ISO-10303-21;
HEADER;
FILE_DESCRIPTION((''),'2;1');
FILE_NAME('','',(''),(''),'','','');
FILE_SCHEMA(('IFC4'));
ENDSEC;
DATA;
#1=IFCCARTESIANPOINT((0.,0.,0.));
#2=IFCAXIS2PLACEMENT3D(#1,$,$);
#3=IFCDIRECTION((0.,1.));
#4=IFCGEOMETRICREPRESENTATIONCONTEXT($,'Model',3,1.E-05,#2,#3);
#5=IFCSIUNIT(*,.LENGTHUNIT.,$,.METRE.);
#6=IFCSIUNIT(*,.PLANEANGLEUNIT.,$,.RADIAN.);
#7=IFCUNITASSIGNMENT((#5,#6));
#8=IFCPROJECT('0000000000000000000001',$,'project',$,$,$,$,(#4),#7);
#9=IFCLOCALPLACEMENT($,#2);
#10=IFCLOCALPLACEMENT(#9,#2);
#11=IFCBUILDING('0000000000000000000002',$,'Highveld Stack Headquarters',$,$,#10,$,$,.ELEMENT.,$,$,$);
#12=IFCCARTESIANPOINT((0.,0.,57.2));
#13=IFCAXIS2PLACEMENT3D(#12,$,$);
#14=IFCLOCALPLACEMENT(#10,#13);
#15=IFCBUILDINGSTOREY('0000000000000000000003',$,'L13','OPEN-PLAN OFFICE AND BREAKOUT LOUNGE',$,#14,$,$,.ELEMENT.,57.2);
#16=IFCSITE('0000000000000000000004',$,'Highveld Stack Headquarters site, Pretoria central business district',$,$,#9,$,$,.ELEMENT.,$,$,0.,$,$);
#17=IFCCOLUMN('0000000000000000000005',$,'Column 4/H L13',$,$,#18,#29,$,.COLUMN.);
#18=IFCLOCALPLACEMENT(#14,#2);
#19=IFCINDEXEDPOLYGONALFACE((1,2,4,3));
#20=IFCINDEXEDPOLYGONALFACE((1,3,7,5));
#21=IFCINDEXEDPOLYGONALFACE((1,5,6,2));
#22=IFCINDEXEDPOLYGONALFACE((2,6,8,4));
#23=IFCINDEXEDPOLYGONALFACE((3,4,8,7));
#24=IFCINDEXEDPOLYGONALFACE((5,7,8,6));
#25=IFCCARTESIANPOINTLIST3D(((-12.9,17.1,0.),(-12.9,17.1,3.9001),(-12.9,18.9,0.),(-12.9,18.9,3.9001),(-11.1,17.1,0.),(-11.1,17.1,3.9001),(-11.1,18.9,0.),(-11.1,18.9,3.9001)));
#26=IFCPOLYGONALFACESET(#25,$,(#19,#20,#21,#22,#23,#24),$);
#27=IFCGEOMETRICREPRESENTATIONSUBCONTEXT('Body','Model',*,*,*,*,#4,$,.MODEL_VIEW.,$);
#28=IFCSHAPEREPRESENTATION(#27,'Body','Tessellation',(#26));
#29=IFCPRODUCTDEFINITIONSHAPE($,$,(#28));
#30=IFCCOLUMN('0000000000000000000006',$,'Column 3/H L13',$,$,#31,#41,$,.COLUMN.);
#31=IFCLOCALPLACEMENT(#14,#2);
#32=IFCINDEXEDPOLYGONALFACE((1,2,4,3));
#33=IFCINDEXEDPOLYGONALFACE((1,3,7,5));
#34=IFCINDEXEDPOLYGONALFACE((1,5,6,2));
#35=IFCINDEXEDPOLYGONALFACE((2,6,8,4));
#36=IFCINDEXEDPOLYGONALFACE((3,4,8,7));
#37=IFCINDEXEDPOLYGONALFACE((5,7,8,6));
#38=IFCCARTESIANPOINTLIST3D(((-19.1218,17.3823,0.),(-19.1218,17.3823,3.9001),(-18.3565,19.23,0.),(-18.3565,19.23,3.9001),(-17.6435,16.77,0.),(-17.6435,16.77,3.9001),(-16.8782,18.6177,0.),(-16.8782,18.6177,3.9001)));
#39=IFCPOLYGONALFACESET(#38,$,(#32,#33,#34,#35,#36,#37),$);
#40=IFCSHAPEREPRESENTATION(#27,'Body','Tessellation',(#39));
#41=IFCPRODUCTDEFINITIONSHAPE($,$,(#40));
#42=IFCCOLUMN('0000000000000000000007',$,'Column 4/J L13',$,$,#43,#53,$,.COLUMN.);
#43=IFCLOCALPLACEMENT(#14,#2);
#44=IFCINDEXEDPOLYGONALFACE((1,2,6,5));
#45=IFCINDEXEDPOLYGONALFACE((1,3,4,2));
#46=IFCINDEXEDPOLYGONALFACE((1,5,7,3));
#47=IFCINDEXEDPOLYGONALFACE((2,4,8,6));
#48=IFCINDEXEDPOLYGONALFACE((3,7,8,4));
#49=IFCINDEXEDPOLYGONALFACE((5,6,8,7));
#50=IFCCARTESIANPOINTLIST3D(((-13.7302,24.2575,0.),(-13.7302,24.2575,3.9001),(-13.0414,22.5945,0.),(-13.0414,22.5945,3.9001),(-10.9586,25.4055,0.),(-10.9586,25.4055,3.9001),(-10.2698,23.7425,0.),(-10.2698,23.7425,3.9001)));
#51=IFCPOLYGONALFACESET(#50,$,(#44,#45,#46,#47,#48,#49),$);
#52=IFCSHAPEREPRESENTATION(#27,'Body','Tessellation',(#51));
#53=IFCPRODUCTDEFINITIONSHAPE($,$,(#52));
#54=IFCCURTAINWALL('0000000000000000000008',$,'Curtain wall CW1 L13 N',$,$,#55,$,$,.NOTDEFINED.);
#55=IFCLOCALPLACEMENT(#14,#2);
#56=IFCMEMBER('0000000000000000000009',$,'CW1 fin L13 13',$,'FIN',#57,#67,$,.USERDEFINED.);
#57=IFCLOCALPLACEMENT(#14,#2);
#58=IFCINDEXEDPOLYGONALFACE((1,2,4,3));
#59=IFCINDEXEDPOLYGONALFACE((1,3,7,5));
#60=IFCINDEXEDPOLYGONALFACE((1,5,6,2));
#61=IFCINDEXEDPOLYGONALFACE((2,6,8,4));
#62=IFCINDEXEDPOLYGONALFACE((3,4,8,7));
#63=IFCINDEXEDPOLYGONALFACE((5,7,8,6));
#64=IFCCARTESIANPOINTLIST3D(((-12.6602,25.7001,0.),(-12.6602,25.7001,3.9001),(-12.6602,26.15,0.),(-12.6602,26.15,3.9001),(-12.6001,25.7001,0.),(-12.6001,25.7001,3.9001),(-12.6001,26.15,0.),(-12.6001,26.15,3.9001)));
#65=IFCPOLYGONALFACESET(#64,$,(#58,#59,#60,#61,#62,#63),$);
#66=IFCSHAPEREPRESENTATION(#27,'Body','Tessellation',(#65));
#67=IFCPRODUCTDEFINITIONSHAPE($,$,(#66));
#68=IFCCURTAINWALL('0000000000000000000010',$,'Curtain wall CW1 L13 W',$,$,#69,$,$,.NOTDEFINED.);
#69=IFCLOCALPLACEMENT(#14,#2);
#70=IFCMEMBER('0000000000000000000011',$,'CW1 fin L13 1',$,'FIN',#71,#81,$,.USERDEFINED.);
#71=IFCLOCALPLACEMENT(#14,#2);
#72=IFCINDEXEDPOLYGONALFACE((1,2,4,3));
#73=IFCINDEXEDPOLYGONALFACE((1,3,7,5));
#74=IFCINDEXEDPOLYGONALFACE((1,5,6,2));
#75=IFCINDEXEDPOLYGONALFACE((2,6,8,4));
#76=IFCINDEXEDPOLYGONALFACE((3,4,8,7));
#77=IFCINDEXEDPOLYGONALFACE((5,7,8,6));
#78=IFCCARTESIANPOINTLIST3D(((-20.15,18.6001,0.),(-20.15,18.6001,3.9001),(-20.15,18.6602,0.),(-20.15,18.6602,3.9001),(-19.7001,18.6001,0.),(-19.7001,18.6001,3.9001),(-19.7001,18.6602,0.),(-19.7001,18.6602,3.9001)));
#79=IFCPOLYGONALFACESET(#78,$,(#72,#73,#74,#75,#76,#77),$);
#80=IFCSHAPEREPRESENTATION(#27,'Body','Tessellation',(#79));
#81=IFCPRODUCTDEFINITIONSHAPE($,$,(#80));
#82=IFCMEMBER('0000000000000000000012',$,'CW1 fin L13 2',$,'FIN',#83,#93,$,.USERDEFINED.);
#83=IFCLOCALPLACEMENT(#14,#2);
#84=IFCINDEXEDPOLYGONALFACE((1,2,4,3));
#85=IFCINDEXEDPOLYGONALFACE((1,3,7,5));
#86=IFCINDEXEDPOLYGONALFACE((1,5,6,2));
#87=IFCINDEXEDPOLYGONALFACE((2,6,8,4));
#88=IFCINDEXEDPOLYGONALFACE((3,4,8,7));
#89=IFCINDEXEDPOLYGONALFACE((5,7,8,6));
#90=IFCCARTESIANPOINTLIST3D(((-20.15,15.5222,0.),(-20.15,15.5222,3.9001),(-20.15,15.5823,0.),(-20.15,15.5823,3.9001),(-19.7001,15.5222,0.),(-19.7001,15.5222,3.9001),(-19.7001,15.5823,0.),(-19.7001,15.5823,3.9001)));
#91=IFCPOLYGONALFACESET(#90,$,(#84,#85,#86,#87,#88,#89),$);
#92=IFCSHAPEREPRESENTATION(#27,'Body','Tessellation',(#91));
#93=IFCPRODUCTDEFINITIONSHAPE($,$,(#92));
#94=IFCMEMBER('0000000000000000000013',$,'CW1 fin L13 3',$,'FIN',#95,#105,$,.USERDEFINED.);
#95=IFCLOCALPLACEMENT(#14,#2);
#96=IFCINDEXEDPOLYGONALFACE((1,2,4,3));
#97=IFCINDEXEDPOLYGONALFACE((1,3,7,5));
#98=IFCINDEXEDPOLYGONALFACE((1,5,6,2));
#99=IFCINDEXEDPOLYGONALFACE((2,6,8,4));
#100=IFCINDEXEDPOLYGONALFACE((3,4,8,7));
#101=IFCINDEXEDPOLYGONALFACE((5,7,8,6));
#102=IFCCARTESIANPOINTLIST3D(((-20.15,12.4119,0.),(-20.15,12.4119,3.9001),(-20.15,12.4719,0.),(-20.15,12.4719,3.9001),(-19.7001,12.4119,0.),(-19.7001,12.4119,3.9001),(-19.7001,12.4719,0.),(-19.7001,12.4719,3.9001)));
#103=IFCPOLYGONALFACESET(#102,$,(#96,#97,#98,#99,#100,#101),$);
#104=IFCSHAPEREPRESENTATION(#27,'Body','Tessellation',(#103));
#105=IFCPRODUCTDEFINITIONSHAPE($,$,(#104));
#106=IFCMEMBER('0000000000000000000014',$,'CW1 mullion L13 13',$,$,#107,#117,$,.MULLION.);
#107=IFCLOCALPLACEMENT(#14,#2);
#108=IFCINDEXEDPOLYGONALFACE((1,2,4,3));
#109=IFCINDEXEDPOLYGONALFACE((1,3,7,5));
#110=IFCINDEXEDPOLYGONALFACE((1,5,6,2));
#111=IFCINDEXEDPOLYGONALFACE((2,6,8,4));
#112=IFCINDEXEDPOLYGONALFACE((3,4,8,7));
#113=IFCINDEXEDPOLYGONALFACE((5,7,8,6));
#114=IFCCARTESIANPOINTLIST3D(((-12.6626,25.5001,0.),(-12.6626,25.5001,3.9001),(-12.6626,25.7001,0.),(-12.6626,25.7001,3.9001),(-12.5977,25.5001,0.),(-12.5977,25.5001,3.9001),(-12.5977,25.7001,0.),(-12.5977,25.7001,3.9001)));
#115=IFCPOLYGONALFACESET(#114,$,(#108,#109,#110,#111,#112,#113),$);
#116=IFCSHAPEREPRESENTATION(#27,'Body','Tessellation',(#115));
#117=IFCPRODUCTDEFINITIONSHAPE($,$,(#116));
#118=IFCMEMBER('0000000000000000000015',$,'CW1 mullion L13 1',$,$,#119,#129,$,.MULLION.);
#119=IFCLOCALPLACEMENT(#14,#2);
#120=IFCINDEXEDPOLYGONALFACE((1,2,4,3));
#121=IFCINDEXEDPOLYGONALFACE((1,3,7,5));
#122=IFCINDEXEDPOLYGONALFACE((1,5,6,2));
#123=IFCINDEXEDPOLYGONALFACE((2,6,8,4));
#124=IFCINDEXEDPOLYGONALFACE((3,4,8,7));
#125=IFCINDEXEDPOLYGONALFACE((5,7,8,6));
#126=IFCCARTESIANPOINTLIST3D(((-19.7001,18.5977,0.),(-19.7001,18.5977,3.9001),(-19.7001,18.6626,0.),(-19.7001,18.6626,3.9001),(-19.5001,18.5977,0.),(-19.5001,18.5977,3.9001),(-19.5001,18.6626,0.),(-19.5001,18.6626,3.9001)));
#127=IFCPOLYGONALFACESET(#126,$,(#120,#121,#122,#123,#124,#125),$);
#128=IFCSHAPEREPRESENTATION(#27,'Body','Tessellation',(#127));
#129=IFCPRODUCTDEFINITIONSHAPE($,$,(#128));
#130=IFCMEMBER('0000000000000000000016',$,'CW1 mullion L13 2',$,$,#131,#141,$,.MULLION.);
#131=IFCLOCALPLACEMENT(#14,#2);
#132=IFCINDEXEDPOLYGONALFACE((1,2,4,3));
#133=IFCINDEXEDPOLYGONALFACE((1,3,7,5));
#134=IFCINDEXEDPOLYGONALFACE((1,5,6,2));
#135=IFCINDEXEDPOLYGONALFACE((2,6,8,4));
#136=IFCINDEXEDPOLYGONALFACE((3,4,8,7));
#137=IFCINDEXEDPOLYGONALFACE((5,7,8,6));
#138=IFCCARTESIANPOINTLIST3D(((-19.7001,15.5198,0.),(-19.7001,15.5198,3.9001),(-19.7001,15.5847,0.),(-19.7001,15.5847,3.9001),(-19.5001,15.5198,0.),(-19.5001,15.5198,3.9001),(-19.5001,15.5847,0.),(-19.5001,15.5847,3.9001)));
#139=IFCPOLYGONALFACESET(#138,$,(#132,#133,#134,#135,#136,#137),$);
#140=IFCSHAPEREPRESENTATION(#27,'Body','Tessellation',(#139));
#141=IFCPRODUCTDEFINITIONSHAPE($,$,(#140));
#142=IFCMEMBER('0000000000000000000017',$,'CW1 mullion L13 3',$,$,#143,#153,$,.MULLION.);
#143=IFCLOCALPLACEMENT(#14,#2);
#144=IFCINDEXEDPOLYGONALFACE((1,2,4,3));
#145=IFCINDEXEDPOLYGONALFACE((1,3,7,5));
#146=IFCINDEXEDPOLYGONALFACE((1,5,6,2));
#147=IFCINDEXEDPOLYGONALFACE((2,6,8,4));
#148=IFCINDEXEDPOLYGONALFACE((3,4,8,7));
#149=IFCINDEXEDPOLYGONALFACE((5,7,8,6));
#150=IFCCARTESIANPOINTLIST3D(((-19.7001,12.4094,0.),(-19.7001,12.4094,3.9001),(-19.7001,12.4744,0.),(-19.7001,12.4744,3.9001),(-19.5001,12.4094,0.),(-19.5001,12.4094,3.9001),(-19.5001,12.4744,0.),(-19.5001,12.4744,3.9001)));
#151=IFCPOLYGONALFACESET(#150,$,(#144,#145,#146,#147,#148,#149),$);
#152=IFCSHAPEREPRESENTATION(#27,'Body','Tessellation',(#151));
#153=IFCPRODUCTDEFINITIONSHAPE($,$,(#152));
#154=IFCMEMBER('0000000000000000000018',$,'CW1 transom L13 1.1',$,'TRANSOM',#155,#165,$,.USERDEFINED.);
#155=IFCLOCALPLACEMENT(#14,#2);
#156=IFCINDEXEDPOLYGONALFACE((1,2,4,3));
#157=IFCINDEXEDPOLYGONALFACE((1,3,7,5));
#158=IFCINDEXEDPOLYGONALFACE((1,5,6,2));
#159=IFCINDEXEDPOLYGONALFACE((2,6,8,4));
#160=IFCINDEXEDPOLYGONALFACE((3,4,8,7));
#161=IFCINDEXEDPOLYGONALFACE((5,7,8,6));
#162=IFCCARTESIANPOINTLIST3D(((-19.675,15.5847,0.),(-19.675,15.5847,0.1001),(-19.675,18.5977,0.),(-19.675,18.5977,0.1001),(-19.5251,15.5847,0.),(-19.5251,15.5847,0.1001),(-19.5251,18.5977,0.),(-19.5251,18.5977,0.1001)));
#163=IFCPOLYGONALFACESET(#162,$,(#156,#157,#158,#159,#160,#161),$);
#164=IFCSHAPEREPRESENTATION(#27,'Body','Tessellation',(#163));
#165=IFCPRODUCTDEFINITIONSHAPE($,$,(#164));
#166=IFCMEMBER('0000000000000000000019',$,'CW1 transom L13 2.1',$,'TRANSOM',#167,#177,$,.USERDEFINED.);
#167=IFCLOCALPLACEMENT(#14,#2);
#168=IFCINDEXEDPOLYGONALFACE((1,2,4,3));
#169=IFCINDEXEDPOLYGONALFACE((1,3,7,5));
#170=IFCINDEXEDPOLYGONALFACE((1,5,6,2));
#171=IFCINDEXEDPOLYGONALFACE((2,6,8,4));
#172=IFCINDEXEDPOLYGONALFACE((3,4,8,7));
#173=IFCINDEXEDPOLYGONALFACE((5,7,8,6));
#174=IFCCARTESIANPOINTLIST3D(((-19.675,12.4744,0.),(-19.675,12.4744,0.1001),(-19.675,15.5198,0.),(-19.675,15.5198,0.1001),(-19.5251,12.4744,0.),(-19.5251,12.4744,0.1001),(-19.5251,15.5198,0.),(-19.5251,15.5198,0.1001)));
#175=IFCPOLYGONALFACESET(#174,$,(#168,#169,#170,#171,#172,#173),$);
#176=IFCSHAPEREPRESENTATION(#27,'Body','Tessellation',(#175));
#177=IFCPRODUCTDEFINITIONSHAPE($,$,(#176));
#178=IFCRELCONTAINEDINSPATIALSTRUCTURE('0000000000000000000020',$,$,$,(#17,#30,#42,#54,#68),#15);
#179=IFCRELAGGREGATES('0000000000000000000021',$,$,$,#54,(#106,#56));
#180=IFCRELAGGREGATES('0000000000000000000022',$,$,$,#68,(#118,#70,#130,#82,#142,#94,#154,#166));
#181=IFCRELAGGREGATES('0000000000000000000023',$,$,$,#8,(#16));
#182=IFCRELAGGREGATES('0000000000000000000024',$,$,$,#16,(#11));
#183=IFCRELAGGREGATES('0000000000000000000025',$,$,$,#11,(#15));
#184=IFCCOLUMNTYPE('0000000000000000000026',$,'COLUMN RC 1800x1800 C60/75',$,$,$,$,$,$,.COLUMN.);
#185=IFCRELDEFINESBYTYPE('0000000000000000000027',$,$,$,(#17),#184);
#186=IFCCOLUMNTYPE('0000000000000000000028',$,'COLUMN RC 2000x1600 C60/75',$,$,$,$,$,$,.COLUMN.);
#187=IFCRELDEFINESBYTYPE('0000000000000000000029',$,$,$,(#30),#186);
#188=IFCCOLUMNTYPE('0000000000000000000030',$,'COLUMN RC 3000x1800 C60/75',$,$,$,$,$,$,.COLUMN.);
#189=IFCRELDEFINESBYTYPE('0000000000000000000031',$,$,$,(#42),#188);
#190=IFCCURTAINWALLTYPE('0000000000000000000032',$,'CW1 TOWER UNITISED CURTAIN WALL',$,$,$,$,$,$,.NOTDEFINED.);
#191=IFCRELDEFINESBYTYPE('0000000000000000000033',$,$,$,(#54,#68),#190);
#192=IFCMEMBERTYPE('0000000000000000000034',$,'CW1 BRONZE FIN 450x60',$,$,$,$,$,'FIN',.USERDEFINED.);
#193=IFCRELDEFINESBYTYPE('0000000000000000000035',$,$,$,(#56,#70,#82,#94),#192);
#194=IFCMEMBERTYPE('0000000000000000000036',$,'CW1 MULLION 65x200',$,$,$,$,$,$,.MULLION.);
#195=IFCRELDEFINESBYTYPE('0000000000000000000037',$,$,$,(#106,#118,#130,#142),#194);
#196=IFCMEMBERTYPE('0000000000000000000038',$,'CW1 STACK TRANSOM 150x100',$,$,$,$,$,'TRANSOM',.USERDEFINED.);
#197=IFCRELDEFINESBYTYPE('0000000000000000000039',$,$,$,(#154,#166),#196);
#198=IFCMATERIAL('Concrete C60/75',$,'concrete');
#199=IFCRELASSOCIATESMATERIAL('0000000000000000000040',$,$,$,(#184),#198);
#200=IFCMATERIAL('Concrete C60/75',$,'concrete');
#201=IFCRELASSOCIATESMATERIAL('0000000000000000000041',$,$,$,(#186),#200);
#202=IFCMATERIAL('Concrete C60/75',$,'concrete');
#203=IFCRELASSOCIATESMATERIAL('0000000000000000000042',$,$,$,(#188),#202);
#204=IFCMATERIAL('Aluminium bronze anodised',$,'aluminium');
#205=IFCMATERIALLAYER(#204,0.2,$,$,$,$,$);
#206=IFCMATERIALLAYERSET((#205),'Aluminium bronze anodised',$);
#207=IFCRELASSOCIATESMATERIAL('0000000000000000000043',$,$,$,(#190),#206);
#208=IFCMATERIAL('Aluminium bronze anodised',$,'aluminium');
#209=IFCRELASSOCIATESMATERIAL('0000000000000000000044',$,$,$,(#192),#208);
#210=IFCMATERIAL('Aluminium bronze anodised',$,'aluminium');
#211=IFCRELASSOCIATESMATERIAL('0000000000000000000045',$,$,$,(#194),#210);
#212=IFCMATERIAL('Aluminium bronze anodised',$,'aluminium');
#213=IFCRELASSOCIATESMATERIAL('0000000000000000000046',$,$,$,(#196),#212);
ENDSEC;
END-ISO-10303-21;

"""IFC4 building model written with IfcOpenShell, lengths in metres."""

from ifc_helpers import new_model, si_unit, direction, frame, origin, origin_2d, place, context, subcontext, project, spatial, rectangle, extrude, material, layer, layer_set, material_profile, profile_set, type_object, element, aggregate, save


model = new_model("IFC4")

# Units and contexts
model_context = context("Model", 3, precision=1e-05, world=origin(), true_north=direction((0.0, 1.0)))
body_context = subcontext(model_context, "Body", "Model", "MODEL_VIEW")
ifc_project = project(units=[si_unit("LENGTHUNIT", "METRE"), si_unit("PLANEANGLEUNIT", "RADIAN")], contexts=[model_context])

# Site, building, storey
site_placement = place(None, origin())
site = spatial("IfcSite", under=ifc_project, at=site_placement, Name="Highveld Stack Headquarters site, Pretoria central business district", CompositionType="ELEMENT", RefElevation=0.0)
building_placement = place(site_placement, origin())
building = spatial("IfcBuilding", under=site, at=building_placement, Name="Highveld Stack Headquarters", CompositionType="ELEMENT")
storey_placement = place(building_placement, frame((0.0, 0.0, 57.2)))
storey = spatial("IfcBuildingStorey", under=building, at=storey_placement, Name="L13", Description="OPEN-PLAN OFFICE AND BREAKOUT LOUNGE", CompositionType="ELEMENT", Elevation=57.2)

# Columns
ifc_material_1 = material(Name="Concrete C60/75", Category="concrete")
ifc_material_profile_1 = material_profile(ifc_material_1, rectangle(XDim=1.8, YDim=1.8, at=origin_2d()), Name="RC 1800x1800")
ifc_profile_set_1 = profile_set([ifc_material_profile_1], Name="Concrete C60/75")
column_type_1 = type_object("IfcColumnType", Name="COLUMN RC 1800x1800 C60/75", PredefinedType="COLUMN", material=ifc_profile_set_1)
column_1_placement = place(storey_placement, frame((-12.0, 18.0, 0.0), z_axis=(0.0, 0.0, 1.0), x_axis=(1.0, 0.0, 0.0)))
element("IfcColumn", 1, at=column_1_placement, inside=storey, type_object=column_type_1, Name="Column 4/H L13", PredefinedType="COLUMN", context=body_context, shape_type="SweptSolid", body=[
    extrude(rectangle(XDim=1.8, YDim=1.8, at=origin_2d()), origin(), (0.0, 0.0, 1.0), 3.9001),
])
ifc_material_2 = material(Name="Concrete C60/75", Category="concrete")
ifc_material_profile_2 = material_profile(ifc_material_2, rectangle(XDim=2.0, YDim=1.6001, at=origin_2d()), Name="RC 2000x1600")
ifc_profile_set_2 = profile_set([ifc_material_profile_2], Name="Concrete C60/75")
column_type_2 = type_object("IfcColumnType", Name="COLUMN RC 2000x1600 C60/75", PredefinedType="COLUMN", material=ifc_profile_set_2)
column_2_placement = place(storey_placement, frame((-18.0, 18.0, 0.0), z_axis=(0.0, 0.0, 1.0), x_axis=(0.382683, 0.92388, 0.0)))
element("IfcColumn", 2, at=column_2_placement, inside=storey, type_object=column_type_2, Name="Column 3/H L13", PredefinedType="COLUMN", context=body_context, shape_type="SweptSolid", body=[
    extrude(rectangle(XDim=2.0, YDim=1.6001, at=origin_2d()), origin(), (0.0, 0.0, 1.0), 3.9001),
])
ifc_material_3 = material(Name="Concrete C60/75", Category="concrete")
ifc_material_profile_3 = material_profile(ifc_material_3, rectangle(XDim=3.0, YDim=1.8, at=origin_2d()), Name="RC 3000x1800")
ifc_profile_set_3 = profile_set([ifc_material_profile_3], Name="Concrete C60/75")
column_type_3 = type_object("IfcColumnType", Name="COLUMN RC 3000x1800 C60/75", PredefinedType="COLUMN", material=ifc_profile_set_3)
column_3_placement = place(storey_placement, frame((-12.0, 24.0, 0.0), z_axis=(0.0, 0.0, 1.0), x_axis=(0.92388, 0.382683, 0.0)))
element("IfcColumn", 3, at=column_3_placement, inside=storey, type_object=column_type_3, Name="Column 4/J L13", PredefinedType="COLUMN", context=body_context, shape_type="SweptSolid", body=[
    extrude(rectangle(XDim=3.0, YDim=1.8, at=origin_2d()), origin(), (0.0, 0.0, 1.0), 3.9001),
])

# Curtain wall, member
ifc_material_4 = material(Name="Aluminium bronze anodised", Category="aluminium")
ifc_layer_1 = layer(ifc_material_4, 0.2)
ifc_layer_set_1 = layer_set([ifc_layer_1], Name="Aluminium bronze anodised")
curtain_wall_type_1 = type_object("IfcCurtainWallType", Name="CW1 TOWER UNITISED CURTAIN WALL", PredefinedType="NOTDEFINED", material=ifc_layer_set_1)
curtain_wall_1_placement = place(storey_placement, origin())
curtain_wall_1 = element("IfcCurtainWall", 4, at=curtain_wall_1_placement, inside=storey, type_object=curtain_wall_type_1, Name="Curtain wall CW1 L13 N", PredefinedType="NOTDEFINED")
ifc_material_5 = material(Name="Aluminium bronze anodised", Category="aluminium")
ifc_material_profile_4 = material_profile(ifc_material_5, rectangle(XDim=0.45, YDim=0.0601, at=origin_2d()), Name="FIN 450x60")
ifc_profile_set_4 = profile_set([ifc_material_profile_4], Name="Aluminium bronze anodised")
member_type_1 = type_object("IfcMemberType", Name="CW1 BRONZE FIN 450x60", ElementType="FIN", PredefinedType="USERDEFINED", material=ifc_profile_set_4)
member_1_placement = place(storey_placement, frame((-12.6301, 25.925, 0.0), z_axis=(0.0, 0.0, 1.0), x_axis=(0.0, -1.0, 0.0)))
member_1 = element("IfcMember", 5, at=member_1_placement, type_object=member_type_1, Name="CW1 fin L13 13", ObjectType="FIN", PredefinedType="USERDEFINED", context=body_context, shape_type="SweptSolid", body=[
    extrude(rectangle(XDim=0.45, YDim=0.0601, at=origin_2d()), origin(), (0.0, 0.0, 1.0), 3.9001),
])

# Curtain wall, members
curtain_wall_2_placement = place(storey_placement, origin())
curtain_wall_2 = element("IfcCurtainWall", 6, at=curtain_wall_2_placement, inside=storey, type_object=curtain_wall_type_1, Name="Curtain wall CW1 L13 W", PredefinedType="NOTDEFINED")
member_2_placement = place(storey_placement, frame((-19.925, 18.6301, 0.0), z_axis=(0.0, 0.0, 1.0), x_axis=(1.0, 0.0, 0.0)))
member_2 = element("IfcMember", 7, at=member_2_placement, type_object=member_type_1, Name="CW1 fin L13 1", ObjectType="FIN", PredefinedType="USERDEFINED", context=body_context, shape_type="SweptSolid", body=[
    extrude(rectangle(XDim=0.45, YDim=0.0601, at=origin_2d()), origin(), (0.0, 0.0, 1.0), 3.9001),
])
member_3_placement = place(storey_placement, frame((-19.925, 15.5522, 0.0), z_axis=(0.0, 0.0, 1.0), x_axis=(1.0, 0.0, 0.0)))
member_3 = element("IfcMember", 8, at=member_3_placement, type_object=member_type_1, Name="CW1 fin L13 2", ObjectType="FIN", PredefinedType="USERDEFINED", context=body_context, shape_type="SweptSolid", body=[
    extrude(rectangle(XDim=0.45, YDim=0.0601, at=origin_2d()), origin(), (0.0, 0.0, 1.0), 3.9001),
])
member_4_placement = place(storey_placement, frame((-19.925, 12.4419, 0.0), z_axis=(0.0, 0.0, 1.0), x_axis=(1.0, 0.0, 0.0)))
member_4 = element("IfcMember", 9, at=member_4_placement, type_object=member_type_1, Name="CW1 fin L13 3", ObjectType="FIN", PredefinedType="USERDEFINED", context=body_context, shape_type="SweptSolid", body=[
    extrude(rectangle(XDim=0.45, YDim=0.0601, at=origin_2d()), origin(), (0.0, 0.0, 1.0), 3.9001),
])

# Members
ifc_material_6 = material(Name="Aluminium bronze anodised", Category="aluminium")
ifc_material_profile_5 = material_profile(ifc_material_6, rectangle(XDim=0.2, YDim=0.0649, at=origin_2d()), Name="CW1 MULLION 65x200")
ifc_profile_set_5 = profile_set([ifc_material_profile_5], Name="Aluminium bronze anodised")
member_type_2 = type_object("IfcMemberType", Name="CW1 MULLION 65x200", PredefinedType="MULLION", material=ifc_profile_set_5)
member_5_placement = place(storey_placement, frame((-12.6301, 25.6001, 0.0), z_axis=(0.0, 0.0, 1.0), x_axis=(0.0, -1.0, 0.0)))
member_5 = element("IfcMember", 10, at=member_5_placement, type_object=member_type_2, Name="CW1 mullion L13 13", PredefinedType="MULLION", context=body_context, shape_type="SweptSolid", body=[
    extrude(rectangle(XDim=0.2, YDim=0.0649, at=origin_2d()), origin(), (0.0, 0.0, 1.0), 3.9001),
])
aggregate(curtain_wall_1, [member_5, member_1])
member_6_placement = place(storey_placement, frame((-19.6001, 18.6301, 0.0), z_axis=(0.0, 0.0, 1.0), x_axis=(1.0, 0.0, 0.0)))
member_6 = element("IfcMember", 11, at=member_6_placement, type_object=member_type_2, Name="CW1 mullion L13 1", PredefinedType="MULLION", context=body_context, shape_type="SweptSolid", body=[
    extrude(rectangle(XDim=0.2, YDim=0.0649, at=origin_2d()), origin(), (0.0, 0.0, 1.0), 3.9001),
])
member_7_placement = place(storey_placement, frame((-19.6001, 15.5522, 0.0), z_axis=(0.0, 0.0, 1.0), x_axis=(1.0, 0.0, 0.0)))
member_7 = element("IfcMember", 12, at=member_7_placement, type_object=member_type_2, Name="CW1 mullion L13 2", PredefinedType="MULLION", context=body_context, shape_type="SweptSolid", body=[
    extrude(rectangle(XDim=0.2, YDim=0.0649, at=origin_2d()), origin(), (0.0, 0.0, 1.0), 3.9001),
])
member_8_placement = place(storey_placement, frame((-19.6001, 12.4419, 0.0), z_axis=(0.0, 0.0, 1.0), x_axis=(1.0, 0.0, 0.0)))
member_8 = element("IfcMember", 13, at=member_8_placement, type_object=member_type_2, Name="CW1 mullion L13 3", PredefinedType="MULLION", context=body_context, shape_type="SweptSolid", body=[
    extrude(rectangle(XDim=0.2, YDim=0.0649, at=origin_2d()), origin(), (0.0, 0.0, 1.0), 3.9001),
])
ifc_material_7 = material(Name="Aluminium bronze anodised", Category="aluminium")
ifc_material_profile_6 = material_profile(ifc_material_7, rectangle(XDim=0.1499, YDim=0.1001, at=origin_2d()), Name="CW1 TRANSOM 150x100")
ifc_profile_set_6 = profile_set([ifc_material_profile_6], Name="Aluminium bronze anodised")
member_type_3 = type_object("IfcMemberType", Name="CW1 STACK TRANSOM 150x100", ElementType="TRANSOM", PredefinedType="USERDEFINED", material=ifc_profile_set_6)
member_9_placement = place(storey_placement, frame((-19.6001, 18.5977, 0.05), z_axis=(0.0, -1.0, 0.0), x_axis=(1.0, 0.0, 0.0)))
member_9 = element("IfcMember", 14, at=member_9_placement, type_object=member_type_3, Name="CW1 transom L13 1.1", ObjectType="TRANSOM", PredefinedType="USERDEFINED", context=body_context, shape_type="SweptSolid", body=[
    extrude(rectangle(XDim=0.1499, YDim=0.1001, at=origin_2d()), origin(), (0.0, 0.0, 1.0), 3.0129),
])
member_10_placement = place(storey_placement, frame((-19.6001, 15.5198, 0.05), z_axis=(0.0, -1.0, 0.0), x_axis=(1.0, 0.0, 0.0)))
member_10 = element("IfcMember", 15, at=member_10_placement, type_object=member_type_3, Name="CW1 transom L13 2.1", ObjectType="TRANSOM", PredefinedType="USERDEFINED", context=body_context, shape_type="SweptSolid", body=[
    extrude(rectangle(XDim=0.1499, YDim=0.1001, at=origin_2d()), origin(), (0.0, 0.0, 1.0), 3.0454),
])

aggregate(curtain_wall_2, [member_6, member_2, member_7, member_3, member_8, member_4, member_9, member_10])

save(model, "model.ifc")
